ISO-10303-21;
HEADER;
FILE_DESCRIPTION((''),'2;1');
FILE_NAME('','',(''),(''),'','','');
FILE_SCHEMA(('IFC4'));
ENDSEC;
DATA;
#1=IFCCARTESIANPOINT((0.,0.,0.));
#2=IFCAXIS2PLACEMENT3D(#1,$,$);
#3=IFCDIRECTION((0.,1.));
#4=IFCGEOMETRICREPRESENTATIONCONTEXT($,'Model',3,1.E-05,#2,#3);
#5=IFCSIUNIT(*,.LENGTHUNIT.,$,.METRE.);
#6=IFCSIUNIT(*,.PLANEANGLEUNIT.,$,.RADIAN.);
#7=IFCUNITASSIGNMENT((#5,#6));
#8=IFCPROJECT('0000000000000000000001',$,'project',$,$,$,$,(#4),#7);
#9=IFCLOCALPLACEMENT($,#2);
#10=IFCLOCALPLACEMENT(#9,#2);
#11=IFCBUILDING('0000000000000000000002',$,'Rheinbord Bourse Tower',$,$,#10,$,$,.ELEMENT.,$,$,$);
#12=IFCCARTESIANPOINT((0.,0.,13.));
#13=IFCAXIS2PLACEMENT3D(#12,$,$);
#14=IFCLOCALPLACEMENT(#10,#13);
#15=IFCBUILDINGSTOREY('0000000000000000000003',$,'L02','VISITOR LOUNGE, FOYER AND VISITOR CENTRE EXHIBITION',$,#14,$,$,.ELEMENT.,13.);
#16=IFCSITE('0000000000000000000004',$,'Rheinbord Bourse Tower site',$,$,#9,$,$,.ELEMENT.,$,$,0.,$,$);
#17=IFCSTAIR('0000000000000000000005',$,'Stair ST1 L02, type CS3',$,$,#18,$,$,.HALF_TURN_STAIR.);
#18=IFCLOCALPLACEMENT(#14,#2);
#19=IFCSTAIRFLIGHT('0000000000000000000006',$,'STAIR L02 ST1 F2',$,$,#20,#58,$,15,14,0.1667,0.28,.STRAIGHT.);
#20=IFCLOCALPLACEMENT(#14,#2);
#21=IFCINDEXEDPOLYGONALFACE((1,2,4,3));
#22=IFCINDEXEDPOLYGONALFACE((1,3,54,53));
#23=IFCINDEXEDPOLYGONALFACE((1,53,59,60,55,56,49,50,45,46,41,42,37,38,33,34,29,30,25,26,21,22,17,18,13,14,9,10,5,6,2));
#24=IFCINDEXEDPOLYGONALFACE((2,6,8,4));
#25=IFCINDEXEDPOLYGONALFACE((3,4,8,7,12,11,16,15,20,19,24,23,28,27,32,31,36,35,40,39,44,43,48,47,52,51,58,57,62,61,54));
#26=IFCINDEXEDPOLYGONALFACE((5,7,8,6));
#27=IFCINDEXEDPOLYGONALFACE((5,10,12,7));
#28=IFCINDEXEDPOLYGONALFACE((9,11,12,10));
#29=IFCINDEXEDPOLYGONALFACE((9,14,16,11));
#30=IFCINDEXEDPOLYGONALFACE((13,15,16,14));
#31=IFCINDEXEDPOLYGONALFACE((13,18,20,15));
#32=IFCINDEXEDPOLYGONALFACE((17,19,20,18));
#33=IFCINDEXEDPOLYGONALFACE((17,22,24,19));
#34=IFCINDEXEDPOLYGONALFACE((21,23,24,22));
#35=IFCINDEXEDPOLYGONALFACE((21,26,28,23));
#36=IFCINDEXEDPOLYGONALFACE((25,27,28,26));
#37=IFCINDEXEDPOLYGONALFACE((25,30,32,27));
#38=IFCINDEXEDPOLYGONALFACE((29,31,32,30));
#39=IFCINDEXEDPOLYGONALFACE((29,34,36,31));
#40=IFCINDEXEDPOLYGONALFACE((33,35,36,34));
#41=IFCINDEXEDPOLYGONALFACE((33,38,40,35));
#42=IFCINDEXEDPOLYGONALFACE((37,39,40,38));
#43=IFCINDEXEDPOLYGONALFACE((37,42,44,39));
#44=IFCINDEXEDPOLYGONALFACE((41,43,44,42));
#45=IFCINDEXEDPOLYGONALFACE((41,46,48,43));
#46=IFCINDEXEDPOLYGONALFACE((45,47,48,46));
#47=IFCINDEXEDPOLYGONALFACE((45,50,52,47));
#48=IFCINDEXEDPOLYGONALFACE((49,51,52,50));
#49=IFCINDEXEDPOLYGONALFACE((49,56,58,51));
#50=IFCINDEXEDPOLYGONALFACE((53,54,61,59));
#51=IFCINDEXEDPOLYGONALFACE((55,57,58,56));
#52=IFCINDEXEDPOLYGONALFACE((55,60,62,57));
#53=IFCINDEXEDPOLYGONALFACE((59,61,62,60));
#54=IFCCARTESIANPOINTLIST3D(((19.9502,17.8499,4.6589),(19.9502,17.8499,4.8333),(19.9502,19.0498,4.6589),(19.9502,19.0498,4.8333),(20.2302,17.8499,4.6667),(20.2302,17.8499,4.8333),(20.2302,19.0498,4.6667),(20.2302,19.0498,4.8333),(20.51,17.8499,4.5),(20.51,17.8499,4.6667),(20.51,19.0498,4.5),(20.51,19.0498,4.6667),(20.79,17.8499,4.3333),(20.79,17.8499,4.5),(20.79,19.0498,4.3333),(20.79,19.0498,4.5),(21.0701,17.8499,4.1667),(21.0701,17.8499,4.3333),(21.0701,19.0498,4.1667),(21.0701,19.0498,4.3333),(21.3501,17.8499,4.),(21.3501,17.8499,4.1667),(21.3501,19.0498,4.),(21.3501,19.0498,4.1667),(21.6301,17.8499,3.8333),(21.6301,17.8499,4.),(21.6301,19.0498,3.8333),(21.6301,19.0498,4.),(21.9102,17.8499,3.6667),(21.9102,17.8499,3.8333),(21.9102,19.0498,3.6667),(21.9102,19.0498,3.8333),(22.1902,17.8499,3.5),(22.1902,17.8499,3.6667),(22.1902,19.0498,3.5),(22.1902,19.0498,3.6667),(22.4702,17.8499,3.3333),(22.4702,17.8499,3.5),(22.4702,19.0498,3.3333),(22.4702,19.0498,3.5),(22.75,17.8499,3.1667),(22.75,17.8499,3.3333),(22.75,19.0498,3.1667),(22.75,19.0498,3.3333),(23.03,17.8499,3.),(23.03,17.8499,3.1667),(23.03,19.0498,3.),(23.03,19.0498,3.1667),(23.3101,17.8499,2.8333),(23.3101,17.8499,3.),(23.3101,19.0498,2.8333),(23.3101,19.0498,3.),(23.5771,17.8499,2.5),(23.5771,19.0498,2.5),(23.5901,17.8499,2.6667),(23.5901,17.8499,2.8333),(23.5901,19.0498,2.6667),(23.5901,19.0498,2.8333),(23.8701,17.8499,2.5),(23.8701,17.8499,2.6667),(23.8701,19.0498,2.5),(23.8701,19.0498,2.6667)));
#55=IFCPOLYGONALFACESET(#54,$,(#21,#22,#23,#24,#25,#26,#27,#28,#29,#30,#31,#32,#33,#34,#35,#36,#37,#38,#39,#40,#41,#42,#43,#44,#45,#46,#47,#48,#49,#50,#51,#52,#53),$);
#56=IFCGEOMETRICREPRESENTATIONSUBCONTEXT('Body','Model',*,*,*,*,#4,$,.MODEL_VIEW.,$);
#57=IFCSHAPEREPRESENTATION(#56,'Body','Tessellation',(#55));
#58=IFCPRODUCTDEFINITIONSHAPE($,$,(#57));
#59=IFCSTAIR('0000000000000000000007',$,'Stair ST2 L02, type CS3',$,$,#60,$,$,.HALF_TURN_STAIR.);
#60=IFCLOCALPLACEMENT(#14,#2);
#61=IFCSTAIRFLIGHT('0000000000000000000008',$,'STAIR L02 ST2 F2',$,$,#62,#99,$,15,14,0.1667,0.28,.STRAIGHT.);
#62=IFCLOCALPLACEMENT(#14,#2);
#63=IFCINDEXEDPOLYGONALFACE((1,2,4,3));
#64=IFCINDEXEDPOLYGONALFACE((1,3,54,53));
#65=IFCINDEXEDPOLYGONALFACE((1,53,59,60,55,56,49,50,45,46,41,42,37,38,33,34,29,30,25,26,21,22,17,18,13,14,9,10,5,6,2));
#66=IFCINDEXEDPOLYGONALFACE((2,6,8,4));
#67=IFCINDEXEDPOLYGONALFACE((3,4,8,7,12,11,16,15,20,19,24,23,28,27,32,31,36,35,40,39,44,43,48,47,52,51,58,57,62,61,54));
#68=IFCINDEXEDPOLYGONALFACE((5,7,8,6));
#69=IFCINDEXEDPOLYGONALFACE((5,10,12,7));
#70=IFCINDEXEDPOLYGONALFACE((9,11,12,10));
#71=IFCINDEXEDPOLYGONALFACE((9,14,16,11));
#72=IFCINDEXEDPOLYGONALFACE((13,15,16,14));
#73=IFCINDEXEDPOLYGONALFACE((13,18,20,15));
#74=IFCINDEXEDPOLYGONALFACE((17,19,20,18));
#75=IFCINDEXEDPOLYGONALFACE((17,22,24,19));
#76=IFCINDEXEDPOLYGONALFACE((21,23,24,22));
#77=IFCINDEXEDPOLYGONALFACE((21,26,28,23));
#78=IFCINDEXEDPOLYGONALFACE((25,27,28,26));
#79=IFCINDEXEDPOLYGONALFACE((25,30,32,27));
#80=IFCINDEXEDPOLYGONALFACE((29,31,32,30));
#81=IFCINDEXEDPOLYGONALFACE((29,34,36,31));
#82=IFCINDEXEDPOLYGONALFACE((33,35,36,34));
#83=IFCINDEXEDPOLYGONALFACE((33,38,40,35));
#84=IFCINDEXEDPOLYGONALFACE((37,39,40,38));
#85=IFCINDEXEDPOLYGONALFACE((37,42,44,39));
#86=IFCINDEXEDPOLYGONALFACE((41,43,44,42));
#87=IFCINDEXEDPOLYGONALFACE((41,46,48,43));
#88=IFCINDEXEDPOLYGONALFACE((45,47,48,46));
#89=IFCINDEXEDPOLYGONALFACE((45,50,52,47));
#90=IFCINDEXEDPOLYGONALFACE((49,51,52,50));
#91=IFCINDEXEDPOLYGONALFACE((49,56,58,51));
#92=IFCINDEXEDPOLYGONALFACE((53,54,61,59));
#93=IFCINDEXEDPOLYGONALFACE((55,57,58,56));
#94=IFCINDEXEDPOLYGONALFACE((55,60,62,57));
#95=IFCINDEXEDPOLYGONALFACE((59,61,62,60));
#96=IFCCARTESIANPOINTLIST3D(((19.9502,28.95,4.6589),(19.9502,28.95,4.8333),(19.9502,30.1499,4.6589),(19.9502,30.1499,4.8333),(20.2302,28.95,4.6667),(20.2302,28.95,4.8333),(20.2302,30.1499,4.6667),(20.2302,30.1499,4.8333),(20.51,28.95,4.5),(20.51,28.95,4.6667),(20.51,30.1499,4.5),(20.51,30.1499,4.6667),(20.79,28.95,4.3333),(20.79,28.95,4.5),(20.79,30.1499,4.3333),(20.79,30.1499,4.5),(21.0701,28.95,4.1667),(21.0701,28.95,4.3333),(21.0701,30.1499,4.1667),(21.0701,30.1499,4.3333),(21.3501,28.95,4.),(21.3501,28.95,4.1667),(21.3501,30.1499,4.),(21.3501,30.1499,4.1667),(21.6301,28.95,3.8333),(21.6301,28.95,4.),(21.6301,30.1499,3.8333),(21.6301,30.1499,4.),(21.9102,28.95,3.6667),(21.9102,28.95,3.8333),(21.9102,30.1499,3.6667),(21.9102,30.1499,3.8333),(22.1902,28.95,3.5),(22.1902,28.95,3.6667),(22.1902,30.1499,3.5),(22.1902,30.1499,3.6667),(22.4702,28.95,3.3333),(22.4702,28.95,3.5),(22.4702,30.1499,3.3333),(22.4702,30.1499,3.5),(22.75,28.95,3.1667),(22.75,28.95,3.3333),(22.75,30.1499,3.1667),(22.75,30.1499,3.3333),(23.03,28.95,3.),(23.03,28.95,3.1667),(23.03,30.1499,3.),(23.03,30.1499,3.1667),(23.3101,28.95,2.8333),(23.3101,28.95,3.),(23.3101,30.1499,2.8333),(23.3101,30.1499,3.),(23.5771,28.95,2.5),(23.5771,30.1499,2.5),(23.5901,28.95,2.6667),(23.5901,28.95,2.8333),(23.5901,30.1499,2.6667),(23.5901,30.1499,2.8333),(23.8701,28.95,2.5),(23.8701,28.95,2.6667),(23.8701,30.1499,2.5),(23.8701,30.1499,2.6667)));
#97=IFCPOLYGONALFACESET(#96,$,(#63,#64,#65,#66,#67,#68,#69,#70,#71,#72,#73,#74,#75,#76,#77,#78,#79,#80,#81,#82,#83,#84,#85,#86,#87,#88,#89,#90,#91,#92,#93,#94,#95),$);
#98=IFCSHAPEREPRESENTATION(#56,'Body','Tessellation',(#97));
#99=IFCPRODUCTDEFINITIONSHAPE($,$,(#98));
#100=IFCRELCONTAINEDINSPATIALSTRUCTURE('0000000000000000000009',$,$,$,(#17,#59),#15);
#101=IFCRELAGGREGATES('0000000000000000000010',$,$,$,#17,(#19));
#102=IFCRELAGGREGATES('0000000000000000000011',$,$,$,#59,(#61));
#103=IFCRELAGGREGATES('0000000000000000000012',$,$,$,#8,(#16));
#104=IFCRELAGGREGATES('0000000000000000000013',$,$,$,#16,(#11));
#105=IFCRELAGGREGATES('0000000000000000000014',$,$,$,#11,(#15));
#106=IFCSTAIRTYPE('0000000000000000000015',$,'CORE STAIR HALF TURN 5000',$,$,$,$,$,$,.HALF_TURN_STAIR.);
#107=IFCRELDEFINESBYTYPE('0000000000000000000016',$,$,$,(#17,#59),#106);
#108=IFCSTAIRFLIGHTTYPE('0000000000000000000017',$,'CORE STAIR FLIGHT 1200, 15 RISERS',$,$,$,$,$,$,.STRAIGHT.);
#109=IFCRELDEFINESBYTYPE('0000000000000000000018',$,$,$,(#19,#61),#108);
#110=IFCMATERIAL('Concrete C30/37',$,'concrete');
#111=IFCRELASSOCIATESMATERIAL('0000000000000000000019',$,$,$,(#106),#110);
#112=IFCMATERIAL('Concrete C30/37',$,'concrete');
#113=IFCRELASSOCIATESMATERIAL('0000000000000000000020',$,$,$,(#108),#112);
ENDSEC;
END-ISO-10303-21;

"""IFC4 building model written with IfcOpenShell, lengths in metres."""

from ifc_helpers import new_model, si_unit, direction, frame, origin, place, context, subcontext, project, spatial, polyline, outline, extrude, material, type_object, element, aggregate, save


model = new_model("IFC4")

# Units and contexts
model_context = context("Model", 3, precision=1e-05, world=origin(), true_north=direction((0.0, 1.0)))
body_context = subcontext(model_context, "Body", "Model", "MODEL_VIEW")
ifc_project = project(units=[si_unit("LENGTHUNIT", "METRE"), si_unit("PLANEANGLEUNIT", "RADIAN")], contexts=[model_context])

# Site, building, storey
site_placement = place(None, origin())
site = spatial("IfcSite", under=ifc_project, at=site_placement, Name="Rheinbord Bourse Tower site", CompositionType="ELEMENT", RefElevation=0.0)
building_placement = place(site_placement, origin())
building = spatial("IfcBuilding", under=site, at=building_placement, Name="Rheinbord Bourse Tower", CompositionType="ELEMENT")
storey_placement = place(building_placement, frame((0.0, 0.0, 13.0)))
storey = spatial("IfcBuildingStorey", under=building, at=storey_placement, Name="L02", Description="VISITOR LOUNGE, FOYER AND VISITOR CENTRE EXHIBITION", CompositionType="ELEMENT", Elevation=13.0)

# Stair, stair flight
ifc_material_1 = material(Name="Concrete C30/37", Category="concrete")
stair_type = type_object("IfcStairType", Name="CORE STAIR HALF TURN 5000", PredefinedType="HALF_TURN_STAIR", material=ifc_material_1)
stair_1_placement = place(storey_placement, origin())
stair_1 = element("IfcStair", 1, at=stair_1_placement, inside=storey, type_object=stair_type, Name="Stair ST1 L02, type CS3", PredefinedType="HALF_TURN_STAIR")
ifc_material_2 = material(Name="Concrete C30/37", Category="concrete")
stair_flight_type = type_object("IfcStairFlightType", Name="CORE STAIR FLIGHT 1200, 15 RISERS", PredefinedType="STRAIGHT", material=ifc_material_2)
stair_flight_1_placement = place(storey_placement, frame((23.8701, 18.45, 2.5), z_axis=(0.0, 0.0, 1.0), x_axis=(-1.0, 0.0, 0.0)))
stair_flight_1 = element("IfcStairFlight", 2, at=stair_flight_1_placement, type_object=stair_flight_type, Name="STAIR L02 ST1 F2", NumberOfRisers=15, NumberOfTreads=14, PredefinedType="STRAIGHT", RiserHeight=0.1667, TreadLength=0.28, context=body_context, shape_type="SweptSolid", body=[
    extrude(outline(polyline([(0.0, 0.0), (0.0, 0.1667), (0.28, 0.1667), (0.28, 0.3333), (0.5601, 0.3333), (0.5601, 0.5), (0.8401, 0.5), (0.8401, 0.6667), (1.1201, 0.6667), (1.1201, 0.8333), (1.3999, 0.8333), (1.3999, 1.0), (1.6799, 1.0), (1.6799, 1.1667), (1.96, 1.1667), (1.96, 1.3333), (2.24, 1.3333), (2.24, 1.5), (2.52, 1.5), (2.52, 1.6667), (2.8, 1.6667), (2.8, 1.8333), (3.0801, 1.8333), (3.0801, 2.0), (3.3601, 2.0), (3.3601, 2.1667), (3.6399, 2.1667), (3.6399, 2.3333), (3.9199, 2.3333), (3.9199, 2.5), (3.9199, 2.1589), (0.293, 0.0), (0.0, 0.0)])), frame((0.0, 0.6001, 0.0), z_axis=(0.0, -1.0, 0.0), x_axis=(1.0, 0.0, 0.0)), (0.0, 0.0, 1.0), 1.2),
])
aggregate(stair_1, [stair_flight_1])

# Stair, stair flight
stair_2_placement = place(storey_placement, origin())
stair_2 = element("IfcStair", 3, at=stair_2_placement, inside=storey, type_object=stair_type, Name="Stair ST2 L02, type CS3", PredefinedType="HALF_TURN_STAIR")
stair_flight_2_placement = place(storey_placement, frame((23.8701, 29.55, 2.5), z_axis=(0.0, 0.0, 1.0), x_axis=(-1.0, 0.0, 0.0)))
stair_flight_2 = element("IfcStairFlight", 4, at=stair_flight_2_placement, type_object=stair_flight_type, Name="STAIR L02 ST2 F2", NumberOfRisers=15, NumberOfTreads=14, PredefinedType="STRAIGHT", RiserHeight=0.1667, TreadLength=0.28, context=body_context, shape_type="SweptSolid", body=[
    extrude(outline(polyline([(0.0, 0.0), (0.0, 0.1667), (0.28, 0.1667), (0.28, 0.3333), (0.5601, 0.3333), (0.5601, 0.5), (0.8401, 0.5), (0.8401, 0.6667), (1.1201, 0.6667), (1.1201, 0.8333), (1.3999, 0.8333), (1.3999, 1.0), (1.6799, 1.0), (1.6799, 1.1667), (1.96, 1.1667), (1.96, 1.3333), (2.24, 1.3333), (2.24, 1.5), (2.52, 1.5), (2.52, 1.6667), (2.8, 1.6667), (2.8, 1.8333), (3.0801, 1.8333), (3.0801, 2.0), (3.3601, 2.0), (3.3601, 2.1667), (3.6399, 2.1667), (3.6399, 2.3333), (3.9199, 2.3333), (3.9199, 2.5), (3.9199, 2.1589), (0.293, 0.0), (0.0, 0.0)])), frame((0.0, 0.6001, 0.0), z_axis=(0.0, -1.0, 0.0), x_axis=(1.0, 0.0, 0.0)), (0.0, 0.0, 1.0), 1.2),
])
aggregate(stair_2, [stair_flight_2])

save(model, "model.ifc")
